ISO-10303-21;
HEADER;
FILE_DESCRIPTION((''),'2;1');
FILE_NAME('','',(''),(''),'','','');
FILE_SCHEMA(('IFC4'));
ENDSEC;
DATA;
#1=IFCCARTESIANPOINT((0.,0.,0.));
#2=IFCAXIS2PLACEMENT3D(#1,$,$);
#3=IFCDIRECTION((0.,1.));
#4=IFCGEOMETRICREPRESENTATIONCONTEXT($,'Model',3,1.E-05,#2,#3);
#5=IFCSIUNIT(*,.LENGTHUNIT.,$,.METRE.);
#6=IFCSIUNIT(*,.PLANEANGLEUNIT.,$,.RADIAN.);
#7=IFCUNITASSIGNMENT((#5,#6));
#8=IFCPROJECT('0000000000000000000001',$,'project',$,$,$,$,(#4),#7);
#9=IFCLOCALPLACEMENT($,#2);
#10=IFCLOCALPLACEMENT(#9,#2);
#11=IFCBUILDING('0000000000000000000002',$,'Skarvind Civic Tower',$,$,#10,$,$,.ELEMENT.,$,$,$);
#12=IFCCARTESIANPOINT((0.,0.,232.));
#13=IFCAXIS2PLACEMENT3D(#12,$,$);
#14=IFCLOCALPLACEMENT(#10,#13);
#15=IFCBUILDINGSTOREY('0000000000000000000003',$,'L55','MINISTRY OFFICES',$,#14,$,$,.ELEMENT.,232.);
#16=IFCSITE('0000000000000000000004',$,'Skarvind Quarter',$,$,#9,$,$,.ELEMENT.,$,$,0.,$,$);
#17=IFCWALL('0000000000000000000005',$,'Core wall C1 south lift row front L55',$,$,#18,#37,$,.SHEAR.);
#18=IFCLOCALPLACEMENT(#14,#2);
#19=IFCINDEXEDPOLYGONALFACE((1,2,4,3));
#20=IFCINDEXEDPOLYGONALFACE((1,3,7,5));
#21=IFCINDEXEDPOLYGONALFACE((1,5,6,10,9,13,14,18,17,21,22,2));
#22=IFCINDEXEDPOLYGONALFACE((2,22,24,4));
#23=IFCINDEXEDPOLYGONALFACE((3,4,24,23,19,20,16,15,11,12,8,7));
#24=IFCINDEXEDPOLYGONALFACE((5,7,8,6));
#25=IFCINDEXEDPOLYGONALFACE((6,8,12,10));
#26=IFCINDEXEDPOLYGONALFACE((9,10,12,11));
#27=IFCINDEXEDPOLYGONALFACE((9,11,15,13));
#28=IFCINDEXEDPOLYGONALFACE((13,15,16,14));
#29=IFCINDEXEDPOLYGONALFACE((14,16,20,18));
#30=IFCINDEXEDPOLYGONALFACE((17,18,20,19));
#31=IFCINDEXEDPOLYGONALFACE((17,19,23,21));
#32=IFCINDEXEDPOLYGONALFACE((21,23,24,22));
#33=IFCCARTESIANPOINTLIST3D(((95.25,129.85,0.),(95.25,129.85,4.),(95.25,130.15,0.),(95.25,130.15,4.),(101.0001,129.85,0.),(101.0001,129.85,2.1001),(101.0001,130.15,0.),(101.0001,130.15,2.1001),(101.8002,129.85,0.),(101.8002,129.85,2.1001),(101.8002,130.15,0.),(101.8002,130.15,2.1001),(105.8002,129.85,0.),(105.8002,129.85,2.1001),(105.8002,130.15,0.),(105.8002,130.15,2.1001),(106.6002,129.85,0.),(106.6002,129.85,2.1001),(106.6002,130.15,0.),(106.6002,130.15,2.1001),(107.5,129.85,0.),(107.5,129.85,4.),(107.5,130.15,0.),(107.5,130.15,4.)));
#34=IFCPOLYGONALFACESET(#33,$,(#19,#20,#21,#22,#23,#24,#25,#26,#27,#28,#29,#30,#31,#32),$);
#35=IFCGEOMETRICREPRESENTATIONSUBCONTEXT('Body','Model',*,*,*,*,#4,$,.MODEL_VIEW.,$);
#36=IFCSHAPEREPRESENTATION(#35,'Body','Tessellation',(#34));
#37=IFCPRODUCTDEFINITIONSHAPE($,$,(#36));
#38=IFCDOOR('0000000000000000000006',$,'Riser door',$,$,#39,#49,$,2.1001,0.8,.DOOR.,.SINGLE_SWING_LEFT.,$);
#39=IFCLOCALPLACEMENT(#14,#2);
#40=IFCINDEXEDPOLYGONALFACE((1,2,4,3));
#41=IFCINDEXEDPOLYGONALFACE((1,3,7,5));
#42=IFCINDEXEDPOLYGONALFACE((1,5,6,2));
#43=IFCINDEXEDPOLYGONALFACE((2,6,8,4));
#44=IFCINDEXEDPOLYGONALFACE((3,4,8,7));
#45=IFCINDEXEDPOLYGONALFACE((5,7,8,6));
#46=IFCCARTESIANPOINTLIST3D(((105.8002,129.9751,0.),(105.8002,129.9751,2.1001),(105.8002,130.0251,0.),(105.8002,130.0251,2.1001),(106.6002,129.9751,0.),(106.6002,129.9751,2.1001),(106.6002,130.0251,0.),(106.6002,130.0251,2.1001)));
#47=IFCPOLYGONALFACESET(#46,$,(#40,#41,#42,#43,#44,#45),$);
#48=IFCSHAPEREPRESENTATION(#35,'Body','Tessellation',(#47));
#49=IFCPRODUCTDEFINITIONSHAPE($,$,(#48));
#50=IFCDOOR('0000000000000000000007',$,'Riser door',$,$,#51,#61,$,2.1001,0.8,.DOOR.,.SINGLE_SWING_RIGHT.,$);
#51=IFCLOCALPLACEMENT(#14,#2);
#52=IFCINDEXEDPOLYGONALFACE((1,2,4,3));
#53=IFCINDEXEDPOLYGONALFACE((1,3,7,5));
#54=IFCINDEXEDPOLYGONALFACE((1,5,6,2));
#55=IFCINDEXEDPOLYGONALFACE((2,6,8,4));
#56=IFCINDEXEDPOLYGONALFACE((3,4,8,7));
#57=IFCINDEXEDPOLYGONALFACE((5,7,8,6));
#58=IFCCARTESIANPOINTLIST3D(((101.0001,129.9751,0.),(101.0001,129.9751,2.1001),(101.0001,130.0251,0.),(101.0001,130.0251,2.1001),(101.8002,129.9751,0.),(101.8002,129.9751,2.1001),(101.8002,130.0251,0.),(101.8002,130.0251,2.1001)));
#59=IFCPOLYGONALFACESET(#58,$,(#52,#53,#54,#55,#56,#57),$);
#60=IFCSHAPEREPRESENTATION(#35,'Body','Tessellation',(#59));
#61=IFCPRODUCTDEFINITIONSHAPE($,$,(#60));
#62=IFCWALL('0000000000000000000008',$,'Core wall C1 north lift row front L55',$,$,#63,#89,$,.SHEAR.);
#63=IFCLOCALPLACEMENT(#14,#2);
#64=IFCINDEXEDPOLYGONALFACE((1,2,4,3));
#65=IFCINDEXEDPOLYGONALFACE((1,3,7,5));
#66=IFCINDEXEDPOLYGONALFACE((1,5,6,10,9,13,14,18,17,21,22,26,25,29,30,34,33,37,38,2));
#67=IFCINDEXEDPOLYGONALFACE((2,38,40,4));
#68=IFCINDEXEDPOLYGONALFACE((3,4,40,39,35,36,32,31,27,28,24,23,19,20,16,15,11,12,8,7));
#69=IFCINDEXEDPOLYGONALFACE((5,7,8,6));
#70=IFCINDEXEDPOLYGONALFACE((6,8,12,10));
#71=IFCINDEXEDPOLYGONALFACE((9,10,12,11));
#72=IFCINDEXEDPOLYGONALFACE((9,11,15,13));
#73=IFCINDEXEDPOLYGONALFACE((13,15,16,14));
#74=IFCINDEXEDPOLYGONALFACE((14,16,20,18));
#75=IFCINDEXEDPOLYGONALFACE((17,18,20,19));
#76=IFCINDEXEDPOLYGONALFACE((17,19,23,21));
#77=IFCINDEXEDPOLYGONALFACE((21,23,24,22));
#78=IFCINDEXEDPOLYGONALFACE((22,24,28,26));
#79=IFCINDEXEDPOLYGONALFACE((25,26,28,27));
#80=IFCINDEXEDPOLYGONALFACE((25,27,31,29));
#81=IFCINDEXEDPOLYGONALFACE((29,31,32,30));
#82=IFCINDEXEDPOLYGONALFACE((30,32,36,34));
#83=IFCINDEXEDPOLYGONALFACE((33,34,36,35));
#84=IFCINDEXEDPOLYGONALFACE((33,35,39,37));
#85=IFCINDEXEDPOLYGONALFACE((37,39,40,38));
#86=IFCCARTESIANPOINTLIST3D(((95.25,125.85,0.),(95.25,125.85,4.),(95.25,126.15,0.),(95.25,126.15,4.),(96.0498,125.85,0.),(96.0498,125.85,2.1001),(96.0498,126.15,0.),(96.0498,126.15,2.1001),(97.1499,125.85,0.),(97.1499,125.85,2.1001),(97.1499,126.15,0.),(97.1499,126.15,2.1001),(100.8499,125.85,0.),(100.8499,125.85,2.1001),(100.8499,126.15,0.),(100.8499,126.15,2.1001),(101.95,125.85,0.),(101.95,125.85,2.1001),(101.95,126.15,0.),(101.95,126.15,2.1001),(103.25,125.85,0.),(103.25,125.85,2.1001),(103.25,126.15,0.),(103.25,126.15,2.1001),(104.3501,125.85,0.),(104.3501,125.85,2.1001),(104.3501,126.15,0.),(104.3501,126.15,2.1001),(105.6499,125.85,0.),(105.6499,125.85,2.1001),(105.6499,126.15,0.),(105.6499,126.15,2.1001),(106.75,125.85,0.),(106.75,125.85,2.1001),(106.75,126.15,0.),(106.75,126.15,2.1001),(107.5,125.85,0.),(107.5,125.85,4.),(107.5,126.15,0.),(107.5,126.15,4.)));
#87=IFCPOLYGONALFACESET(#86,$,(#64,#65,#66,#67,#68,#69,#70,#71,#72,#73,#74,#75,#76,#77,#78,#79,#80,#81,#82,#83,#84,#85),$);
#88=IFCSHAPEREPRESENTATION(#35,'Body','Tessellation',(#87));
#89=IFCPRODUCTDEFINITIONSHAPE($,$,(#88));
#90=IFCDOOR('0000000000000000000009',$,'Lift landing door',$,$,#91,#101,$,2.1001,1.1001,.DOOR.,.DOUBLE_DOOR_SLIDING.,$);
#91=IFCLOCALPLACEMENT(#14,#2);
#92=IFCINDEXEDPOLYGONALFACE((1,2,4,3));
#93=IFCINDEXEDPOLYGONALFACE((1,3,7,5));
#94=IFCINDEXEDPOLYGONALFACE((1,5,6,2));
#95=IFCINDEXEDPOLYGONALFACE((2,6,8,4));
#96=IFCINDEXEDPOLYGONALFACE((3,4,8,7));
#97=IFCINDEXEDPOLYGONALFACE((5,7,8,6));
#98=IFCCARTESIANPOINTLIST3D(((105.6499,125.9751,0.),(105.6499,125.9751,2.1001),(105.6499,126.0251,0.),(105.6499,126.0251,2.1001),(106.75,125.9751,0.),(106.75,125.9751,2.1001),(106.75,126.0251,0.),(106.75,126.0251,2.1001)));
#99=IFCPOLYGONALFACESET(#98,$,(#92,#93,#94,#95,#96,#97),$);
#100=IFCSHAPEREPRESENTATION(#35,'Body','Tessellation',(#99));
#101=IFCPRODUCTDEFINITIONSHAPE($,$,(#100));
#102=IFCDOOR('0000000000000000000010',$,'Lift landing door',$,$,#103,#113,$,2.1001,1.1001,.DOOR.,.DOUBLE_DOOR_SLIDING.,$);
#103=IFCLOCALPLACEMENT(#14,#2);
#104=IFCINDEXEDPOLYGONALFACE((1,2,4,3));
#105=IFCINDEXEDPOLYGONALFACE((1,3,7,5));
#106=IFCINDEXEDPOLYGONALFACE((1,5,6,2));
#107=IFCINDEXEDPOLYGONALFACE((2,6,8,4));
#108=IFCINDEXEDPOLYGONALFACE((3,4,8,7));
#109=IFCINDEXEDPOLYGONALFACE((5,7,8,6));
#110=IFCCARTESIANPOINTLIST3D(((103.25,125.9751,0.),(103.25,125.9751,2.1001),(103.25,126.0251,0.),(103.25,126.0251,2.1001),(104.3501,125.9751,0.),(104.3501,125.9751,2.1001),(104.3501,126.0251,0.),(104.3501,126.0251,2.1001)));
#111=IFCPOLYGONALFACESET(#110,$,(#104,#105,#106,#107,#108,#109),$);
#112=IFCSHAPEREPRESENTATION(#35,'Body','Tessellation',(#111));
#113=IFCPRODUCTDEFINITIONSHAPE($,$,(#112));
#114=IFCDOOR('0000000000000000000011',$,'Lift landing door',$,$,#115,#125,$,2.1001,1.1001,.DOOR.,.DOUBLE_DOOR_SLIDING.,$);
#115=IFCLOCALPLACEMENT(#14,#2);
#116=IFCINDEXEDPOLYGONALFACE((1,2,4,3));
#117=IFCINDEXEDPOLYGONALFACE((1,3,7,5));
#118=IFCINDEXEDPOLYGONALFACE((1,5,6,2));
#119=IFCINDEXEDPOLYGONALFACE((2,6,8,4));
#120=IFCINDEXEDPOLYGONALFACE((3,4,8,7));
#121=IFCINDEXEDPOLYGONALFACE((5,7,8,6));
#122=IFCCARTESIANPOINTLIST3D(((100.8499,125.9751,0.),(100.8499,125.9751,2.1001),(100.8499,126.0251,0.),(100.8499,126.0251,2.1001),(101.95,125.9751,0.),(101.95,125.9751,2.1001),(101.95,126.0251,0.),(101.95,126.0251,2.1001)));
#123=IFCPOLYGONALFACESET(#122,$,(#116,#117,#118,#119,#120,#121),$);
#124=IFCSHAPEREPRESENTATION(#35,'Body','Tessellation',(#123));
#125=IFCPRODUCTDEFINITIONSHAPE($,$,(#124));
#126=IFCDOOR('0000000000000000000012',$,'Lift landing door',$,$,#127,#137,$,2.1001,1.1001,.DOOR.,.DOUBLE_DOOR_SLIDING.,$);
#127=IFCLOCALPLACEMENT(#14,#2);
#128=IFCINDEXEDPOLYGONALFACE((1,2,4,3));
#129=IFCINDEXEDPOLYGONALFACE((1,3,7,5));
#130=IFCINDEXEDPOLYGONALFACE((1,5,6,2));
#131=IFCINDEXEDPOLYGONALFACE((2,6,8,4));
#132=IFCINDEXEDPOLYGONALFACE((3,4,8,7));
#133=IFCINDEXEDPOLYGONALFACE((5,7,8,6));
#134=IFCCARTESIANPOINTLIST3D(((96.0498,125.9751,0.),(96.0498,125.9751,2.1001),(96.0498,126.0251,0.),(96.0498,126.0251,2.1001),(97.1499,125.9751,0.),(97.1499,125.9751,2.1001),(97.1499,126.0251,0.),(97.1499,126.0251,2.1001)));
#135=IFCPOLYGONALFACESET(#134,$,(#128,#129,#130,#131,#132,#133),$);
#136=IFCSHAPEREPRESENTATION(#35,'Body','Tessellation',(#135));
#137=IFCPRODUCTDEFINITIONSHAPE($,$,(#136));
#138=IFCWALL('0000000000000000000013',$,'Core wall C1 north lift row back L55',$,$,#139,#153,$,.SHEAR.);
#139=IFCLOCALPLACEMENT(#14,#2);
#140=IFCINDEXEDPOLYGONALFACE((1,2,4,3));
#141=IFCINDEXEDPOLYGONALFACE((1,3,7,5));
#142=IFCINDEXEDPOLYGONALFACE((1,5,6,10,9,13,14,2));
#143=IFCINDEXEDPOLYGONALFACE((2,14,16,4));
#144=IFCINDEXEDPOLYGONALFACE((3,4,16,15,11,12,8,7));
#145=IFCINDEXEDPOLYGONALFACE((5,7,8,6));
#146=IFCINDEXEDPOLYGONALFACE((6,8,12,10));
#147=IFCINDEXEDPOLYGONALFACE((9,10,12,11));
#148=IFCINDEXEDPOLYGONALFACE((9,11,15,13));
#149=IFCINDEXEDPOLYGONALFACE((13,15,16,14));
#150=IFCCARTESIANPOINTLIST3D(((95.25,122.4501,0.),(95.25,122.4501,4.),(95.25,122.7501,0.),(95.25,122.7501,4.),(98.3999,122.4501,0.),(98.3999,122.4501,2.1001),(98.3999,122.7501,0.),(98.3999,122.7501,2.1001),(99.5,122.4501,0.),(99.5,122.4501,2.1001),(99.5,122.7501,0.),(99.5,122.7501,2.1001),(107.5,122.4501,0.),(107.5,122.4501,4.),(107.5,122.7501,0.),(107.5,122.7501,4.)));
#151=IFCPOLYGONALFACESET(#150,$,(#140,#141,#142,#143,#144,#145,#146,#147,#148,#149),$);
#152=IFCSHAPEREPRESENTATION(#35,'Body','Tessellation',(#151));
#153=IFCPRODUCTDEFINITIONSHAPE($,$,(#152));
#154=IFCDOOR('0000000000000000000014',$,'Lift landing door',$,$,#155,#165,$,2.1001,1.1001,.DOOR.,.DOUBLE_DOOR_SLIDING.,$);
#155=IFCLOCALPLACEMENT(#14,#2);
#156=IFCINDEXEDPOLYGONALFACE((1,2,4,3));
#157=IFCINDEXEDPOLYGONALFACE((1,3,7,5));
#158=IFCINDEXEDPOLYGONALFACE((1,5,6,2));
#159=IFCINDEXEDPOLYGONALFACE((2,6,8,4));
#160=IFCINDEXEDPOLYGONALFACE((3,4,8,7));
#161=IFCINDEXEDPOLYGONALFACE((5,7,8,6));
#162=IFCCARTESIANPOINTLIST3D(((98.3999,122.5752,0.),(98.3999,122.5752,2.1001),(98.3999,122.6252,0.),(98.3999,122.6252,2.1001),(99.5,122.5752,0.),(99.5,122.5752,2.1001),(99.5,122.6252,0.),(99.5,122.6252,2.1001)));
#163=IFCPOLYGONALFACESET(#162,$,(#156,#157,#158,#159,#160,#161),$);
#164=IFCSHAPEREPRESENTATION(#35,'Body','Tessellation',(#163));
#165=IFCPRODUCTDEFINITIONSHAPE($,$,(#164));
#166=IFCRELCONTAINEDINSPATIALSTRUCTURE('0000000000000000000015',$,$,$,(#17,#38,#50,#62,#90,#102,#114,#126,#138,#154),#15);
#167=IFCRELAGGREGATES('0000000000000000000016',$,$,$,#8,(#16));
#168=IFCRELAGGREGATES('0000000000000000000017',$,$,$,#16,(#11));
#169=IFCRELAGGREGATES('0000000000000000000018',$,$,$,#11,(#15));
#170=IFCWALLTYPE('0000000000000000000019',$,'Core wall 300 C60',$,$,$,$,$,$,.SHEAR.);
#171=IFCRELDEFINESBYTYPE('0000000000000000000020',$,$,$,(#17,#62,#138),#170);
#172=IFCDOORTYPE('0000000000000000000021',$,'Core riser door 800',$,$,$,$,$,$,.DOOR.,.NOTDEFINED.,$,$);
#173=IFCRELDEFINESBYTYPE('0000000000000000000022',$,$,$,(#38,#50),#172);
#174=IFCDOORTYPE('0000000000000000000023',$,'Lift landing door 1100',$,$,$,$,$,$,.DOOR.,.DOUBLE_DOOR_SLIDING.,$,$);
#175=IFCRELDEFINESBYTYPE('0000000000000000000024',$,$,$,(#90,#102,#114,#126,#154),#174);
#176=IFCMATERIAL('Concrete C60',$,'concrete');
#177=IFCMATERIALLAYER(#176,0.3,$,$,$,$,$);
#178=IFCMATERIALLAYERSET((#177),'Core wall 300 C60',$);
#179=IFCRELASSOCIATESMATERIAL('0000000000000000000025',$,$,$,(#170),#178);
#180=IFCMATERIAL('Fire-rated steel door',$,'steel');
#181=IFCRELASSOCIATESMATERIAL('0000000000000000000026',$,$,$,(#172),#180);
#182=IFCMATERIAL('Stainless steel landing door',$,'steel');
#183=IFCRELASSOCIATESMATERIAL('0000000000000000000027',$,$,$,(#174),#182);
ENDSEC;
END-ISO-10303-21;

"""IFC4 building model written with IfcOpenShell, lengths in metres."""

from ifc_helpers import new_model, si_unit, direction, frame, frame_2d, origin, place, context, subcontext, project, spatial, rectangle, extrude, material, layer, layer_set, type_object, element, fill, save


model = new_model("IFC4")

# Units and contexts
model_context = context("Model", 3, precision=1e-05, world=origin(), true_north=direction((0.0, 1.0)))
body_context = subcontext(model_context, "Body", "Model", "MODEL_VIEW")
ifc_project = project(units=[si_unit("LENGTHUNIT", "METRE"), si_unit("PLANEANGLEUNIT", "RADIAN")], contexts=[model_context])

# Site, building, storey
site_placement = place(None, origin())
site = spatial("IfcSite", under=ifc_project, at=site_placement, Name="Skarvind Quarter", CompositionType="ELEMENT", RefElevation=0.0)
building_placement = place(site_placement, origin())
building = spatial("IfcBuilding", under=site, at=building_placement, Name="Skarvind Civic Tower", CompositionType="ELEMENT")
storey_placement = place(building_placement, frame((0.0, 0.0, 232.0)))
storey = spatial("IfcBuildingStorey", under=building, at=storey_placement, Name="L55", Description="MINISTRY OFFICES", CompositionType="ELEMENT", Elevation=232.0)

# Walls, openings, doors
ifc_material_1 = material(Name="Concrete C60", Category="concrete")
ifc_layer_1 = layer(ifc_material_1, 0.3)
ifc_layer_set_1 = layer_set([ifc_layer_1], Name="Core wall 300 C60")
wall_type_1 = type_object("IfcWallType", Name="Core wall 300 C60", PredefinedType="SHEAR", material=ifc_layer_set_1)
wall_1_placement = place(storey_placement, frame((107.5, 130.0, 0.0), z_axis=(0.0, 0.0, 1.0), x_axis=(-1.0, 0.0, 0.0)))
wall_1 = element("IfcWall", 1, at=wall_1_placement, inside=storey, type_object=wall_type_1, Name="Core wall C1 south lift row front L55", PredefinedType="SHEAR", context=body_context, shape_type="SweptSolid", body=[
    extrude(rectangle(XDim=12.25, YDim=0.3, at=frame_2d((6.125, 0.0))), origin(), (0.0, 0.0, 1.0), 4.0),
])
opening_1_placement = place(wall_1_placement, frame((0.8999, 0.0, 0.0)))
opening_1 = element("IfcOpeningElement", 2, at=opening_1_placement, cuts=wall_1, PredefinedType="OPENING", context=body_context, shape_type="SweptSolid", body=[
    extrude(rectangle(XDim=0.8, YDim=2.1001, at=frame_2d((0.3999, 1.05))), frame((0.0, 0.1599, 0.0), z_axis=(0.0, -1.0, 0.0), x_axis=(1.0, 0.0, 0.0)), (0.0, 0.0, 1.0), 0.3201),
])
opening_2_placement = place(wall_1_placement, frame((5.7, 0.0, 0.0)))
opening_2 = element("IfcOpeningElement", 3, at=opening_2_placement, cuts=wall_1, PredefinedType="OPENING", context=body_context, shape_type="SweptSolid", body=[
    extrude(rectangle(XDim=0.8, YDim=2.1001, at=frame_2d((0.3999, 1.05))), frame((0.0, 0.1599, 0.0), z_axis=(0.0, -1.0, 0.0), x_axis=(1.0, 0.0, 0.0)), (0.0, 0.0, 1.0), 0.3201),
])
ifc_material_2 = material(Name="Fire-rated steel door", Category="steel")
door_type_1 = type_object("IfcDoorType", Name="Core riser door 800", OperationType="NOTDEFINED", PredefinedType="DOOR", material=ifc_material_2)
door_1_placement = place(opening_1_placement, origin())
door_1 = element("IfcDoor", 4, at=door_1_placement, inside=storey, type_object=door_type_1, Name="Riser door", OperationType="SINGLE_SWING_LEFT", OverallHeight=2.1001, OverallWidth=0.8, PredefinedType="DOOR", context=body_context, shape_type="SweptSolid", body=[
    extrude(rectangle(XDim=0.8, YDim=2.1001, at=frame_2d((0.3999, 1.05))), frame((0.0, 0.0249, 0.0), z_axis=(0.0, -1.0, 0.0), x_axis=(1.0, 0.0, 0.0)), (0.0, 0.0, 1.0), 0.05),
])
fill(opening_1, door_1)
door_2_placement = place(opening_2_placement, origin())
door_2 = element("IfcDoor", 5, at=door_2_placement, inside=storey, type_object=door_type_1, Name="Riser door", OperationType="SINGLE_SWING_RIGHT", OverallHeight=2.1001, OverallWidth=0.8, PredefinedType="DOOR", context=body_context, shape_type="SweptSolid", body=[
    extrude(rectangle(XDim=0.8, YDim=2.1001, at=frame_2d((0.3999, 1.05))), frame((0.0, 0.0249, 0.0), z_axis=(0.0, -1.0, 0.0), x_axis=(1.0, 0.0, 0.0)), (0.0, 0.0, 1.0), 0.05),
])
fill(opening_2, door_2)
wall_2_placement = place(storey_placement, frame((107.5, 126.0, 0.0), z_axis=(0.0, 0.0, 1.0), x_axis=(-1.0, 0.0, 0.0)))
wall_2 = element("IfcWall", 6, at=wall_2_placement, inside=storey, type_object=wall_type_1, Name="Core wall C1 north lift row front L55", PredefinedType="SHEAR", context=body_context, shape_type="SweptSolid", body=[
    extrude(rectangle(XDim=12.25, YDim=0.3, at=frame_2d((6.125, 0.0))), origin(), (0.0, 0.0, 1.0), 4.0),
])
opening_3_placement = place(wall_2_placement, frame((0.75, 0.0, 0.0)))
opening_3 = element("IfcOpeningElement", 7, at=opening_3_placement, cuts=wall_2, PredefinedType="OPENING", context=body_context, shape_type="SweptSolid", body=[
    extrude(rectangle(XDim=1.1001, YDim=2.1001, at=frame_2d((0.55, 1.05))), frame((0.0, 0.1599, 0.0), z_axis=(0.0, -1.0, 0.0), x_axis=(1.0, 0.0, 0.0)), (0.0, 0.0, 1.0), 0.3201),
])
opening_4_placement = place(wall_2_placement, frame((3.1499, 0.0, 0.0)))
opening_4 = element("IfcOpeningElement", 8, at=opening_4_placement, cuts=wall_2, PredefinedType="OPENING", context=body_context, shape_type="SweptSolid", body=[
    extrude(rectangle(XDim=1.1001, YDim=2.1001, at=frame_2d((0.55, 1.05))), frame((0.0, 0.1599, 0.0), z_axis=(0.0, -1.0, 0.0), x_axis=(1.0, 0.0, 0.0)), (0.0, 0.0, 1.0), 0.3201),
])
opening_5_placement = place(wall_2_placement, frame((5.55, 0.0, 0.0)))
opening_5 = element("IfcOpeningElement", 9, at=opening_5_placement, cuts=wall_2, PredefinedType="OPENING", context=body_context, shape_type="SweptSolid", body=[
    extrude(rectangle(XDim=1.1001, YDim=2.1001, at=frame_2d((0.55, 1.05))), frame((0.0, 0.1599, 0.0), z_axis=(0.0, -1.0, 0.0), x_axis=(1.0, 0.0, 0.0)), (0.0, 0.0, 1.0), 0.3201),
])
opening_6_placement = place(wall_2_placement, frame((10.3501, 0.0, 0.0)))
opening_6 = element("IfcOpeningElement", 10, at=opening_6_placement, cuts=wall_2, PredefinedType="OPENING", context=body_context, shape_type="SweptSolid", body=[
    extrude(rectangle(XDim=1.1001, YDim=2.1001, at=frame_2d((0.55, 1.05))), frame((0.0, 0.1599, 0.0), z_axis=(0.0, -1.0, 0.0), x_axis=(1.0, 0.0, 0.0)), (0.0, 0.0, 1.0), 0.3201),
])
ifc_material_3 = material(Name="Stainless steel landing door", Category="steel")
door_type_2 = type_object("IfcDoorType", Name="Lift landing door 1100", OperationType="DOUBLE_DOOR_SLIDING", PredefinedType="DOOR", material=ifc_material_3)
door_3_placement = place(opening_3_placement, origin())
door_3 = element("IfcDoor", 11, at=door_3_placement, inside=storey, type_object=door_type_2, Name="Lift landing door", OperationType="DOUBLE_DOOR_SLIDING", OverallHeight=2.1001, OverallWidth=1.1001, PredefinedType="DOOR", context=body_context, shape_type="SweptSolid", body=[
    extrude(rectangle(XDim=1.1001, YDim=2.1001, at=frame_2d((0.55, 1.05))), frame((0.0, 0.0249, 0.0), z_axis=(0.0, -1.0, 0.0), x_axis=(1.0, 0.0, 0.0)), (0.0, 0.0, 1.0), 0.05),
])
fill(opening_3, door_3)
door_4_placement = place(opening_4_placement, origin())
door_4 = element("IfcDoor", 12, at=door_4_placement, inside=storey, type_object=door_type_2, Name="Lift landing door", OperationType="DOUBLE_DOOR_SLIDING", OverallHeight=2.1001, OverallWidth=1.1001, PredefinedType="DOOR", context=body_context, shape_type="SweptSolid", body=[
    extrude(rectangle(XDim=1.1001, YDim=2.1001, at=frame_2d((0.55, 1.05))), frame((0.0, 0.0249, 0.0), z_axis=(0.0, -1.0, 0.0), x_axis=(1.0, 0.0, 0.0)), (0.0, 0.0, 1.0), 0.05),
])
fill(opening_4, door_4)
door_5_placement = place(opening_5_placement, origin())
door_5 = element("IfcDoor", 13, at=door_5_placement, inside=storey, type_object=door_type_2, Name="Lift landing door", OperationType="DOUBLE_DOOR_SLIDING", OverallHeight=2.1001, OverallWidth=1.1001, PredefinedType="DOOR", context=body_context, shape_type="SweptSolid", body=[
    extrude(rectangle(XDim=1.1001, YDim=2.1001, at=frame_2d((0.55, 1.05))), frame((0.0, 0.0249, 0.0), z_axis=(0.0, -1.0, 0.0), x_axis=(1.0, 0.0, 0.0)), (0.0, 0.0, 1.0), 0.05),
])
fill(opening_5, door_5)
door_6_placement = place(opening_6_placement, origin())
door_6 = element("IfcDoor", 14, at=door_6_placement, inside=storey, type_object=door_type_2, Name="Lift landing door", OperationType="DOUBLE_DOOR_SLIDING", OverallHeight=2.1001, OverallWidth=1.1001, PredefinedType="DOOR", context=body_context, shape_type="SweptSolid", body=[
    extrude(rectangle(XDim=1.1001, YDim=2.1001, at=frame_2d((0.55, 1.05))), frame((0.0, 0.0249, 0.0), z_axis=(0.0, -1.0, 0.0), x_axis=(1.0, 0.0, 0.0)), (0.0, 0.0, 1.0), 0.05),
])
fill(opening_6, door_6)

# Wall, opening, door
wall_3_placement = place(storey_placement, frame((107.5, 122.6001, 0.0), z_axis=(0.0, 0.0, 1.0), x_axis=(-1.0, 0.0, 0.0)))
wall_3 = element("IfcWall", 15, at=wall_3_placement, inside=storey, type_object=wall_type_1, Name="Core wall C1 north lift row back L55", PredefinedType="SHEAR", context=body_context, shape_type="SweptSolid", body=[
    extrude(rectangle(XDim=12.25, YDim=0.3, at=frame_2d((6.125, 0.0))), origin(), (0.0, 0.0, 1.0), 4.0),
])
opening_7_placement = place(wall_3_placement, frame((8.0, 0.0, 0.0)))
opening_7 = element("IfcOpeningElement", 16, at=opening_7_placement, cuts=wall_3, PredefinedType="OPENING", context=body_context, shape_type="SweptSolid", body=[
    extrude(rectangle(XDim=1.1001, YDim=2.1001, at=frame_2d((0.55, 1.05))), frame((0.0, 0.1599, 0.0), z_axis=(0.0, -1.0, 0.0), x_axis=(1.0, 0.0, 0.0)), (0.0, 0.0, 1.0), 0.3201),
])
door_7_placement = place(opening_7_placement, origin())
door_7 = element("IfcDoor", 17, at=door_7_placement, inside=storey, type_object=door_type_2, Name="Lift landing door", OperationType="DOUBLE_DOOR_SLIDING", OverallHeight=2.1001, OverallWidth=1.1001, PredefinedType="DOOR", context=body_context, shape_type="SweptSolid", body=[
    extrude(rectangle(XDim=1.1001, YDim=2.1001, at=frame_2d((0.55, 1.05))), frame((0.0, 0.0249, 0.0), z_axis=(0.0, -1.0, 0.0), x_axis=(1.0, 0.0, 0.0)), (0.0, 0.0, 1.0), 0.05),
])
fill(opening_7, door_7)

save(model, "model.ifc")
